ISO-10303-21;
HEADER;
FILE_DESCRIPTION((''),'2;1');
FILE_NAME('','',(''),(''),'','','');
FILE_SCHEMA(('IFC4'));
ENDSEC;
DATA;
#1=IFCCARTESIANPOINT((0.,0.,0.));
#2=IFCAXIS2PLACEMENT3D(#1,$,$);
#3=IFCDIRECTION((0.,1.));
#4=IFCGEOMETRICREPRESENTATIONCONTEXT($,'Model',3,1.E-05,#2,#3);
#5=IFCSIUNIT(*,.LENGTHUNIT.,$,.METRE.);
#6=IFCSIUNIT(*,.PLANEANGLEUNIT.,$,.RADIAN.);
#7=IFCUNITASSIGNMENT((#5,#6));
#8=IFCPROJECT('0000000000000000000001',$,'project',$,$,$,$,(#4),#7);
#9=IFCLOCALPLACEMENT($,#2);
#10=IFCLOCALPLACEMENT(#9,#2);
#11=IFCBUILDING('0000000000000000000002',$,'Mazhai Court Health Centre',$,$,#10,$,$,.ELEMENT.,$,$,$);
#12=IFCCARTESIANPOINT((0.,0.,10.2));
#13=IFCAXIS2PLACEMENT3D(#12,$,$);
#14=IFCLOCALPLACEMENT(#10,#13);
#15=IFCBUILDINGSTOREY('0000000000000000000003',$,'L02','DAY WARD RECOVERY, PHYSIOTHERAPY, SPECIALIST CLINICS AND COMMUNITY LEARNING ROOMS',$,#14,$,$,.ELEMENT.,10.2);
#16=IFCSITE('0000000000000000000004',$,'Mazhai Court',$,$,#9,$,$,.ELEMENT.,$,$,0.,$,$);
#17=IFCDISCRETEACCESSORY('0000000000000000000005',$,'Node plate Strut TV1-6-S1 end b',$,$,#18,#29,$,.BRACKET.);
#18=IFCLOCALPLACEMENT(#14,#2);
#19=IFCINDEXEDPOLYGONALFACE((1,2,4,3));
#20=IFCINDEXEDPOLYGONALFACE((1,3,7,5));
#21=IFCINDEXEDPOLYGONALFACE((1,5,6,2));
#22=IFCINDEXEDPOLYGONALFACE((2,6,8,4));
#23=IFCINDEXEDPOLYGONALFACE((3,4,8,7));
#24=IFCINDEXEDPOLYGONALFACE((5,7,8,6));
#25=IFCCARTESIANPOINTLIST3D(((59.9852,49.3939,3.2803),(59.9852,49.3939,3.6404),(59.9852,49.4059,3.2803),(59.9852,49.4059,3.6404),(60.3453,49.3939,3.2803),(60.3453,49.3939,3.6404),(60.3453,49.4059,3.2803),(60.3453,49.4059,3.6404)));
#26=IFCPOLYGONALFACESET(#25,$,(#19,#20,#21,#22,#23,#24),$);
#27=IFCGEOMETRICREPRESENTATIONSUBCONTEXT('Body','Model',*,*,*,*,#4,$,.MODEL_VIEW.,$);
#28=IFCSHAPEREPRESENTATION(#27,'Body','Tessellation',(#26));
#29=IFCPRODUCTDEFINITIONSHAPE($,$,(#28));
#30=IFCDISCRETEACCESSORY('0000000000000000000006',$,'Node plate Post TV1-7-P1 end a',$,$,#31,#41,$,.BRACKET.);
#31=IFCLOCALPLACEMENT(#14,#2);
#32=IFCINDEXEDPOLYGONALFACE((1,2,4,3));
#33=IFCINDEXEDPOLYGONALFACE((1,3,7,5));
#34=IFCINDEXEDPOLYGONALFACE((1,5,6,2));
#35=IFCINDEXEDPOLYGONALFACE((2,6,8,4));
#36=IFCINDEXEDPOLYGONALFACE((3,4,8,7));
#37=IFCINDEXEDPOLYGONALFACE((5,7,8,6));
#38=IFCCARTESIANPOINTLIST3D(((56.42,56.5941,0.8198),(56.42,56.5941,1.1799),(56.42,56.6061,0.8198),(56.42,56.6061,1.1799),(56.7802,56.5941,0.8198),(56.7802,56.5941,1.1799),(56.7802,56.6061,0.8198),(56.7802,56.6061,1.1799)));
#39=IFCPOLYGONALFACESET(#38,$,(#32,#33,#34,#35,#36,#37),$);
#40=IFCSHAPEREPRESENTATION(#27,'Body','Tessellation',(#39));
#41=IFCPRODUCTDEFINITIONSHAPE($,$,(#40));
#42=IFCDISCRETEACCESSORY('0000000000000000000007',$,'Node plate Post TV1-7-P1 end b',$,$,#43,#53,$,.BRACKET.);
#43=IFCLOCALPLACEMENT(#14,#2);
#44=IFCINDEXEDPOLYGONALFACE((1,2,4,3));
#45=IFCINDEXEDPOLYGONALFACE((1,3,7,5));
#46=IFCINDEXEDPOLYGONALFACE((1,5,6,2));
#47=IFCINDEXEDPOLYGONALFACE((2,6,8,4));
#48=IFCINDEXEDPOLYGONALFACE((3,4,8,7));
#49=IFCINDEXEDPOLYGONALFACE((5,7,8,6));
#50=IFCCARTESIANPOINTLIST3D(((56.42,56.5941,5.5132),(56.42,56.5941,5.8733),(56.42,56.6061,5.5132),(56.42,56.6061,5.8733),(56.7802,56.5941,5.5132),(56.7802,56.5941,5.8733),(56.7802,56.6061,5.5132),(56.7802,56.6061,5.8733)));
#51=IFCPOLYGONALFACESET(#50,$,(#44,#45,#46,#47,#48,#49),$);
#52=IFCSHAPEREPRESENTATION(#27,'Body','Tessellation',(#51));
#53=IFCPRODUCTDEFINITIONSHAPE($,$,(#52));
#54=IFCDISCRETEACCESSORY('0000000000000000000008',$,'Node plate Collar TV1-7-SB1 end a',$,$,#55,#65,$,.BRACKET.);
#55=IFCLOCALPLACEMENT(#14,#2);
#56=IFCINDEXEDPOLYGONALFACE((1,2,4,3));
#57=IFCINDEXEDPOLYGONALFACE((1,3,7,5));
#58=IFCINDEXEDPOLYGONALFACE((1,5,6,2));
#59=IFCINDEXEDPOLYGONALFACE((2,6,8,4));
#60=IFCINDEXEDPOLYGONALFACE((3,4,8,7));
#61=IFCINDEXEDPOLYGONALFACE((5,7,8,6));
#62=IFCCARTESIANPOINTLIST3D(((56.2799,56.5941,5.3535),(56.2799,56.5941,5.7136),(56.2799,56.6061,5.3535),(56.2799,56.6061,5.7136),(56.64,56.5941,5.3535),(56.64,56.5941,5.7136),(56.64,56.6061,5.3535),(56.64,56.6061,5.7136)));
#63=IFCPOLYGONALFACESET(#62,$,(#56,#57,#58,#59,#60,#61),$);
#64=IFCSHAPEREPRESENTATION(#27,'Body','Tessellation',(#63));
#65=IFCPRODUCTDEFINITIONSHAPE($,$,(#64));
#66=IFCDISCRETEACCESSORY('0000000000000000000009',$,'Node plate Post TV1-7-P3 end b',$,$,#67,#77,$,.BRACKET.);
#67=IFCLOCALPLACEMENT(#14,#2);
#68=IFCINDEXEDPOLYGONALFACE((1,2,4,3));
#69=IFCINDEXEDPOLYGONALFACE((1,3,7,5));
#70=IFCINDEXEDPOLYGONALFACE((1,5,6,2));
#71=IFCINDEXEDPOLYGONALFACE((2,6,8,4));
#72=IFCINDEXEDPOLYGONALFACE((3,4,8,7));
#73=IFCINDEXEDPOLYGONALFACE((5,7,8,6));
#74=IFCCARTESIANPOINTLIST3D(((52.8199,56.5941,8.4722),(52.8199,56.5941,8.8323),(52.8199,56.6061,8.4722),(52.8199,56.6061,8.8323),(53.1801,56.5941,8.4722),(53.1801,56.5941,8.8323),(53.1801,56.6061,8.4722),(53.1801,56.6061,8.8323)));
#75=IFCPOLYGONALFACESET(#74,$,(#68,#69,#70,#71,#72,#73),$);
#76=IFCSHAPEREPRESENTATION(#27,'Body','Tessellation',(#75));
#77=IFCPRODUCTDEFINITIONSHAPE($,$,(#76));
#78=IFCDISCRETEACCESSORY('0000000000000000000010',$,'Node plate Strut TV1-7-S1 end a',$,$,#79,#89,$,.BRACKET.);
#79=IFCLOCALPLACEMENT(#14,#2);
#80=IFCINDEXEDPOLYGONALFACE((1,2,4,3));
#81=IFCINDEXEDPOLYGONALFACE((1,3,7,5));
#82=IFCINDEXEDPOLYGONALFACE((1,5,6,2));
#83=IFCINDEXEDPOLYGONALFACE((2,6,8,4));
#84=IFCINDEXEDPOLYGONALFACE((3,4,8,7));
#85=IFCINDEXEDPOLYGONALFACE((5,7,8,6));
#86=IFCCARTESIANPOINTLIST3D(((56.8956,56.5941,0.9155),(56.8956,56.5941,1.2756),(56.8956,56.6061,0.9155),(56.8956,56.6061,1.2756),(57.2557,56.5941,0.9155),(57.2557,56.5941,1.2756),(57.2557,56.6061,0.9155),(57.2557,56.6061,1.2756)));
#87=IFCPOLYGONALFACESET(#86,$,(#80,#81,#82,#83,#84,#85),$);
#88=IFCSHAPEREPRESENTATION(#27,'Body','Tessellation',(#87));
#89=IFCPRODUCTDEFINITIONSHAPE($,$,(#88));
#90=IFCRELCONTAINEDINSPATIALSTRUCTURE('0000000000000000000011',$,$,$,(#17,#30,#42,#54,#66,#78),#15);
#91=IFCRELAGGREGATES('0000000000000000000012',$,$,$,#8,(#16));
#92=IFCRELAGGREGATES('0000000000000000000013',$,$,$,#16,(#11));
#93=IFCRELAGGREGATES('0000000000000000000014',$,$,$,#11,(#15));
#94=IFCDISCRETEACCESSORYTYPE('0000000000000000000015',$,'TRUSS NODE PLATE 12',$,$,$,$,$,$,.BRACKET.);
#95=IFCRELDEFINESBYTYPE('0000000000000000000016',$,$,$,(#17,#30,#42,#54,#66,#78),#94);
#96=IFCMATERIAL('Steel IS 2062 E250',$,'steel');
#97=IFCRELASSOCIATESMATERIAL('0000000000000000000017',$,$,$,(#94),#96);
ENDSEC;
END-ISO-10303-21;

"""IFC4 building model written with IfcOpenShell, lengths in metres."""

from ifc_helpers import new_model, si_unit, direction, frame, origin, origin_2d, place, context, subcontext, project, spatial, rectangle, extrude, material, type_object, element, save


model = new_model("IFC4")

# Units and contexts
model_context = context("Model", 3, precision=1e-05, world=origin(), true_north=direction((0.0, 1.0)))
body_context = subcontext(model_context, "Body", "Model", "MODEL_VIEW")
ifc_project = project(units=[si_unit("LENGTHUNIT", "METRE"), si_unit("PLANEANGLEUNIT", "RADIAN")], contexts=[model_context])

# Site, building, storey
site_placement = place(None, origin())
site = spatial("IfcSite", under=ifc_project, at=site_placement, Name="Mazhai Court", CompositionType="ELEMENT", RefElevation=0.0)
building_placement = place(site_placement, origin())
building = spatial("IfcBuilding", under=site, at=building_placement, Name="Mazhai Court Health Centre", CompositionType="ELEMENT")
storey_placement = place(building_placement, frame((0.0, 0.0, 10.2)))
storey = spatial("IfcBuildingStorey", under=building, at=storey_placement, Name="L02", Description="DAY WARD RECOVERY, PHYSIOTHERAPY, SPECIALIST CLINICS AND COMMUNITY LEARNING ROOMS", CompositionType="ELEMENT", Elevation=10.2)

# Discrete accessories
ifc_material_1 = material(Name="Steel IS 2062 E250", Category="steel")
discrete_accessory_type = type_object("IfcDiscreteAccessoryType", Name="TRUSS NODE PLATE 12", PredefinedType="BRACKET", material=ifc_material_1)
for number, where, z_axis, x_axis, name in (
    (1, (60.1653, 49.3999, 3.2803), (0.0, 0.0, 1.0), (1.0, 0.0, 0.0), "Node plate Strut TV1-6-S1 end b"),
    (2, (56.6001, 56.6001, 0.8198), (0.0, 0.0, 1.0), (1.0, 0.0, 0.0), "Node plate Post TV1-7-P1 end a"),
    (3, (56.6001, 56.6001, 5.5132), (0.0, 0.0, 1.0), (1.0, 0.0, 0.0), "Node plate Post TV1-7-P1 end b"),
    (4, (56.46, 56.6001, 5.3535), (0.0, 0.0, 1.0), (1.0, 0.0, 0.0), "Node plate Collar TV1-7-SB1 end a"),
    (5, (53.0, 56.6001, 8.4722), (0.0, 0.0, 1.0), (1.0, 0.0, 0.0), "Node plate Post TV1-7-P3 end b"),
    (6, (57.0757, 56.6001, 0.9155), (0.0, 0.0, 1.0), (1.0, 0.0, 0.0), "Node plate Strut TV1-7-S1 end a"),
):
    element("IfcDiscreteAccessory", number, at=place(storey_placement, frame(where, z_axis=z_axis, x_axis=x_axis)), inside=storey, type_object=discrete_accessory_type, Name=name, PredefinedType="BRACKET", context=body_context, shape_type="SweptSolid", body=[
        extrude(rectangle(XDim=0.3601, YDim=0.012, at=origin_2d()), origin(), (0.0, 0.0, 1.0), 0.3601),
    ])

save(model, "model.ifc")
